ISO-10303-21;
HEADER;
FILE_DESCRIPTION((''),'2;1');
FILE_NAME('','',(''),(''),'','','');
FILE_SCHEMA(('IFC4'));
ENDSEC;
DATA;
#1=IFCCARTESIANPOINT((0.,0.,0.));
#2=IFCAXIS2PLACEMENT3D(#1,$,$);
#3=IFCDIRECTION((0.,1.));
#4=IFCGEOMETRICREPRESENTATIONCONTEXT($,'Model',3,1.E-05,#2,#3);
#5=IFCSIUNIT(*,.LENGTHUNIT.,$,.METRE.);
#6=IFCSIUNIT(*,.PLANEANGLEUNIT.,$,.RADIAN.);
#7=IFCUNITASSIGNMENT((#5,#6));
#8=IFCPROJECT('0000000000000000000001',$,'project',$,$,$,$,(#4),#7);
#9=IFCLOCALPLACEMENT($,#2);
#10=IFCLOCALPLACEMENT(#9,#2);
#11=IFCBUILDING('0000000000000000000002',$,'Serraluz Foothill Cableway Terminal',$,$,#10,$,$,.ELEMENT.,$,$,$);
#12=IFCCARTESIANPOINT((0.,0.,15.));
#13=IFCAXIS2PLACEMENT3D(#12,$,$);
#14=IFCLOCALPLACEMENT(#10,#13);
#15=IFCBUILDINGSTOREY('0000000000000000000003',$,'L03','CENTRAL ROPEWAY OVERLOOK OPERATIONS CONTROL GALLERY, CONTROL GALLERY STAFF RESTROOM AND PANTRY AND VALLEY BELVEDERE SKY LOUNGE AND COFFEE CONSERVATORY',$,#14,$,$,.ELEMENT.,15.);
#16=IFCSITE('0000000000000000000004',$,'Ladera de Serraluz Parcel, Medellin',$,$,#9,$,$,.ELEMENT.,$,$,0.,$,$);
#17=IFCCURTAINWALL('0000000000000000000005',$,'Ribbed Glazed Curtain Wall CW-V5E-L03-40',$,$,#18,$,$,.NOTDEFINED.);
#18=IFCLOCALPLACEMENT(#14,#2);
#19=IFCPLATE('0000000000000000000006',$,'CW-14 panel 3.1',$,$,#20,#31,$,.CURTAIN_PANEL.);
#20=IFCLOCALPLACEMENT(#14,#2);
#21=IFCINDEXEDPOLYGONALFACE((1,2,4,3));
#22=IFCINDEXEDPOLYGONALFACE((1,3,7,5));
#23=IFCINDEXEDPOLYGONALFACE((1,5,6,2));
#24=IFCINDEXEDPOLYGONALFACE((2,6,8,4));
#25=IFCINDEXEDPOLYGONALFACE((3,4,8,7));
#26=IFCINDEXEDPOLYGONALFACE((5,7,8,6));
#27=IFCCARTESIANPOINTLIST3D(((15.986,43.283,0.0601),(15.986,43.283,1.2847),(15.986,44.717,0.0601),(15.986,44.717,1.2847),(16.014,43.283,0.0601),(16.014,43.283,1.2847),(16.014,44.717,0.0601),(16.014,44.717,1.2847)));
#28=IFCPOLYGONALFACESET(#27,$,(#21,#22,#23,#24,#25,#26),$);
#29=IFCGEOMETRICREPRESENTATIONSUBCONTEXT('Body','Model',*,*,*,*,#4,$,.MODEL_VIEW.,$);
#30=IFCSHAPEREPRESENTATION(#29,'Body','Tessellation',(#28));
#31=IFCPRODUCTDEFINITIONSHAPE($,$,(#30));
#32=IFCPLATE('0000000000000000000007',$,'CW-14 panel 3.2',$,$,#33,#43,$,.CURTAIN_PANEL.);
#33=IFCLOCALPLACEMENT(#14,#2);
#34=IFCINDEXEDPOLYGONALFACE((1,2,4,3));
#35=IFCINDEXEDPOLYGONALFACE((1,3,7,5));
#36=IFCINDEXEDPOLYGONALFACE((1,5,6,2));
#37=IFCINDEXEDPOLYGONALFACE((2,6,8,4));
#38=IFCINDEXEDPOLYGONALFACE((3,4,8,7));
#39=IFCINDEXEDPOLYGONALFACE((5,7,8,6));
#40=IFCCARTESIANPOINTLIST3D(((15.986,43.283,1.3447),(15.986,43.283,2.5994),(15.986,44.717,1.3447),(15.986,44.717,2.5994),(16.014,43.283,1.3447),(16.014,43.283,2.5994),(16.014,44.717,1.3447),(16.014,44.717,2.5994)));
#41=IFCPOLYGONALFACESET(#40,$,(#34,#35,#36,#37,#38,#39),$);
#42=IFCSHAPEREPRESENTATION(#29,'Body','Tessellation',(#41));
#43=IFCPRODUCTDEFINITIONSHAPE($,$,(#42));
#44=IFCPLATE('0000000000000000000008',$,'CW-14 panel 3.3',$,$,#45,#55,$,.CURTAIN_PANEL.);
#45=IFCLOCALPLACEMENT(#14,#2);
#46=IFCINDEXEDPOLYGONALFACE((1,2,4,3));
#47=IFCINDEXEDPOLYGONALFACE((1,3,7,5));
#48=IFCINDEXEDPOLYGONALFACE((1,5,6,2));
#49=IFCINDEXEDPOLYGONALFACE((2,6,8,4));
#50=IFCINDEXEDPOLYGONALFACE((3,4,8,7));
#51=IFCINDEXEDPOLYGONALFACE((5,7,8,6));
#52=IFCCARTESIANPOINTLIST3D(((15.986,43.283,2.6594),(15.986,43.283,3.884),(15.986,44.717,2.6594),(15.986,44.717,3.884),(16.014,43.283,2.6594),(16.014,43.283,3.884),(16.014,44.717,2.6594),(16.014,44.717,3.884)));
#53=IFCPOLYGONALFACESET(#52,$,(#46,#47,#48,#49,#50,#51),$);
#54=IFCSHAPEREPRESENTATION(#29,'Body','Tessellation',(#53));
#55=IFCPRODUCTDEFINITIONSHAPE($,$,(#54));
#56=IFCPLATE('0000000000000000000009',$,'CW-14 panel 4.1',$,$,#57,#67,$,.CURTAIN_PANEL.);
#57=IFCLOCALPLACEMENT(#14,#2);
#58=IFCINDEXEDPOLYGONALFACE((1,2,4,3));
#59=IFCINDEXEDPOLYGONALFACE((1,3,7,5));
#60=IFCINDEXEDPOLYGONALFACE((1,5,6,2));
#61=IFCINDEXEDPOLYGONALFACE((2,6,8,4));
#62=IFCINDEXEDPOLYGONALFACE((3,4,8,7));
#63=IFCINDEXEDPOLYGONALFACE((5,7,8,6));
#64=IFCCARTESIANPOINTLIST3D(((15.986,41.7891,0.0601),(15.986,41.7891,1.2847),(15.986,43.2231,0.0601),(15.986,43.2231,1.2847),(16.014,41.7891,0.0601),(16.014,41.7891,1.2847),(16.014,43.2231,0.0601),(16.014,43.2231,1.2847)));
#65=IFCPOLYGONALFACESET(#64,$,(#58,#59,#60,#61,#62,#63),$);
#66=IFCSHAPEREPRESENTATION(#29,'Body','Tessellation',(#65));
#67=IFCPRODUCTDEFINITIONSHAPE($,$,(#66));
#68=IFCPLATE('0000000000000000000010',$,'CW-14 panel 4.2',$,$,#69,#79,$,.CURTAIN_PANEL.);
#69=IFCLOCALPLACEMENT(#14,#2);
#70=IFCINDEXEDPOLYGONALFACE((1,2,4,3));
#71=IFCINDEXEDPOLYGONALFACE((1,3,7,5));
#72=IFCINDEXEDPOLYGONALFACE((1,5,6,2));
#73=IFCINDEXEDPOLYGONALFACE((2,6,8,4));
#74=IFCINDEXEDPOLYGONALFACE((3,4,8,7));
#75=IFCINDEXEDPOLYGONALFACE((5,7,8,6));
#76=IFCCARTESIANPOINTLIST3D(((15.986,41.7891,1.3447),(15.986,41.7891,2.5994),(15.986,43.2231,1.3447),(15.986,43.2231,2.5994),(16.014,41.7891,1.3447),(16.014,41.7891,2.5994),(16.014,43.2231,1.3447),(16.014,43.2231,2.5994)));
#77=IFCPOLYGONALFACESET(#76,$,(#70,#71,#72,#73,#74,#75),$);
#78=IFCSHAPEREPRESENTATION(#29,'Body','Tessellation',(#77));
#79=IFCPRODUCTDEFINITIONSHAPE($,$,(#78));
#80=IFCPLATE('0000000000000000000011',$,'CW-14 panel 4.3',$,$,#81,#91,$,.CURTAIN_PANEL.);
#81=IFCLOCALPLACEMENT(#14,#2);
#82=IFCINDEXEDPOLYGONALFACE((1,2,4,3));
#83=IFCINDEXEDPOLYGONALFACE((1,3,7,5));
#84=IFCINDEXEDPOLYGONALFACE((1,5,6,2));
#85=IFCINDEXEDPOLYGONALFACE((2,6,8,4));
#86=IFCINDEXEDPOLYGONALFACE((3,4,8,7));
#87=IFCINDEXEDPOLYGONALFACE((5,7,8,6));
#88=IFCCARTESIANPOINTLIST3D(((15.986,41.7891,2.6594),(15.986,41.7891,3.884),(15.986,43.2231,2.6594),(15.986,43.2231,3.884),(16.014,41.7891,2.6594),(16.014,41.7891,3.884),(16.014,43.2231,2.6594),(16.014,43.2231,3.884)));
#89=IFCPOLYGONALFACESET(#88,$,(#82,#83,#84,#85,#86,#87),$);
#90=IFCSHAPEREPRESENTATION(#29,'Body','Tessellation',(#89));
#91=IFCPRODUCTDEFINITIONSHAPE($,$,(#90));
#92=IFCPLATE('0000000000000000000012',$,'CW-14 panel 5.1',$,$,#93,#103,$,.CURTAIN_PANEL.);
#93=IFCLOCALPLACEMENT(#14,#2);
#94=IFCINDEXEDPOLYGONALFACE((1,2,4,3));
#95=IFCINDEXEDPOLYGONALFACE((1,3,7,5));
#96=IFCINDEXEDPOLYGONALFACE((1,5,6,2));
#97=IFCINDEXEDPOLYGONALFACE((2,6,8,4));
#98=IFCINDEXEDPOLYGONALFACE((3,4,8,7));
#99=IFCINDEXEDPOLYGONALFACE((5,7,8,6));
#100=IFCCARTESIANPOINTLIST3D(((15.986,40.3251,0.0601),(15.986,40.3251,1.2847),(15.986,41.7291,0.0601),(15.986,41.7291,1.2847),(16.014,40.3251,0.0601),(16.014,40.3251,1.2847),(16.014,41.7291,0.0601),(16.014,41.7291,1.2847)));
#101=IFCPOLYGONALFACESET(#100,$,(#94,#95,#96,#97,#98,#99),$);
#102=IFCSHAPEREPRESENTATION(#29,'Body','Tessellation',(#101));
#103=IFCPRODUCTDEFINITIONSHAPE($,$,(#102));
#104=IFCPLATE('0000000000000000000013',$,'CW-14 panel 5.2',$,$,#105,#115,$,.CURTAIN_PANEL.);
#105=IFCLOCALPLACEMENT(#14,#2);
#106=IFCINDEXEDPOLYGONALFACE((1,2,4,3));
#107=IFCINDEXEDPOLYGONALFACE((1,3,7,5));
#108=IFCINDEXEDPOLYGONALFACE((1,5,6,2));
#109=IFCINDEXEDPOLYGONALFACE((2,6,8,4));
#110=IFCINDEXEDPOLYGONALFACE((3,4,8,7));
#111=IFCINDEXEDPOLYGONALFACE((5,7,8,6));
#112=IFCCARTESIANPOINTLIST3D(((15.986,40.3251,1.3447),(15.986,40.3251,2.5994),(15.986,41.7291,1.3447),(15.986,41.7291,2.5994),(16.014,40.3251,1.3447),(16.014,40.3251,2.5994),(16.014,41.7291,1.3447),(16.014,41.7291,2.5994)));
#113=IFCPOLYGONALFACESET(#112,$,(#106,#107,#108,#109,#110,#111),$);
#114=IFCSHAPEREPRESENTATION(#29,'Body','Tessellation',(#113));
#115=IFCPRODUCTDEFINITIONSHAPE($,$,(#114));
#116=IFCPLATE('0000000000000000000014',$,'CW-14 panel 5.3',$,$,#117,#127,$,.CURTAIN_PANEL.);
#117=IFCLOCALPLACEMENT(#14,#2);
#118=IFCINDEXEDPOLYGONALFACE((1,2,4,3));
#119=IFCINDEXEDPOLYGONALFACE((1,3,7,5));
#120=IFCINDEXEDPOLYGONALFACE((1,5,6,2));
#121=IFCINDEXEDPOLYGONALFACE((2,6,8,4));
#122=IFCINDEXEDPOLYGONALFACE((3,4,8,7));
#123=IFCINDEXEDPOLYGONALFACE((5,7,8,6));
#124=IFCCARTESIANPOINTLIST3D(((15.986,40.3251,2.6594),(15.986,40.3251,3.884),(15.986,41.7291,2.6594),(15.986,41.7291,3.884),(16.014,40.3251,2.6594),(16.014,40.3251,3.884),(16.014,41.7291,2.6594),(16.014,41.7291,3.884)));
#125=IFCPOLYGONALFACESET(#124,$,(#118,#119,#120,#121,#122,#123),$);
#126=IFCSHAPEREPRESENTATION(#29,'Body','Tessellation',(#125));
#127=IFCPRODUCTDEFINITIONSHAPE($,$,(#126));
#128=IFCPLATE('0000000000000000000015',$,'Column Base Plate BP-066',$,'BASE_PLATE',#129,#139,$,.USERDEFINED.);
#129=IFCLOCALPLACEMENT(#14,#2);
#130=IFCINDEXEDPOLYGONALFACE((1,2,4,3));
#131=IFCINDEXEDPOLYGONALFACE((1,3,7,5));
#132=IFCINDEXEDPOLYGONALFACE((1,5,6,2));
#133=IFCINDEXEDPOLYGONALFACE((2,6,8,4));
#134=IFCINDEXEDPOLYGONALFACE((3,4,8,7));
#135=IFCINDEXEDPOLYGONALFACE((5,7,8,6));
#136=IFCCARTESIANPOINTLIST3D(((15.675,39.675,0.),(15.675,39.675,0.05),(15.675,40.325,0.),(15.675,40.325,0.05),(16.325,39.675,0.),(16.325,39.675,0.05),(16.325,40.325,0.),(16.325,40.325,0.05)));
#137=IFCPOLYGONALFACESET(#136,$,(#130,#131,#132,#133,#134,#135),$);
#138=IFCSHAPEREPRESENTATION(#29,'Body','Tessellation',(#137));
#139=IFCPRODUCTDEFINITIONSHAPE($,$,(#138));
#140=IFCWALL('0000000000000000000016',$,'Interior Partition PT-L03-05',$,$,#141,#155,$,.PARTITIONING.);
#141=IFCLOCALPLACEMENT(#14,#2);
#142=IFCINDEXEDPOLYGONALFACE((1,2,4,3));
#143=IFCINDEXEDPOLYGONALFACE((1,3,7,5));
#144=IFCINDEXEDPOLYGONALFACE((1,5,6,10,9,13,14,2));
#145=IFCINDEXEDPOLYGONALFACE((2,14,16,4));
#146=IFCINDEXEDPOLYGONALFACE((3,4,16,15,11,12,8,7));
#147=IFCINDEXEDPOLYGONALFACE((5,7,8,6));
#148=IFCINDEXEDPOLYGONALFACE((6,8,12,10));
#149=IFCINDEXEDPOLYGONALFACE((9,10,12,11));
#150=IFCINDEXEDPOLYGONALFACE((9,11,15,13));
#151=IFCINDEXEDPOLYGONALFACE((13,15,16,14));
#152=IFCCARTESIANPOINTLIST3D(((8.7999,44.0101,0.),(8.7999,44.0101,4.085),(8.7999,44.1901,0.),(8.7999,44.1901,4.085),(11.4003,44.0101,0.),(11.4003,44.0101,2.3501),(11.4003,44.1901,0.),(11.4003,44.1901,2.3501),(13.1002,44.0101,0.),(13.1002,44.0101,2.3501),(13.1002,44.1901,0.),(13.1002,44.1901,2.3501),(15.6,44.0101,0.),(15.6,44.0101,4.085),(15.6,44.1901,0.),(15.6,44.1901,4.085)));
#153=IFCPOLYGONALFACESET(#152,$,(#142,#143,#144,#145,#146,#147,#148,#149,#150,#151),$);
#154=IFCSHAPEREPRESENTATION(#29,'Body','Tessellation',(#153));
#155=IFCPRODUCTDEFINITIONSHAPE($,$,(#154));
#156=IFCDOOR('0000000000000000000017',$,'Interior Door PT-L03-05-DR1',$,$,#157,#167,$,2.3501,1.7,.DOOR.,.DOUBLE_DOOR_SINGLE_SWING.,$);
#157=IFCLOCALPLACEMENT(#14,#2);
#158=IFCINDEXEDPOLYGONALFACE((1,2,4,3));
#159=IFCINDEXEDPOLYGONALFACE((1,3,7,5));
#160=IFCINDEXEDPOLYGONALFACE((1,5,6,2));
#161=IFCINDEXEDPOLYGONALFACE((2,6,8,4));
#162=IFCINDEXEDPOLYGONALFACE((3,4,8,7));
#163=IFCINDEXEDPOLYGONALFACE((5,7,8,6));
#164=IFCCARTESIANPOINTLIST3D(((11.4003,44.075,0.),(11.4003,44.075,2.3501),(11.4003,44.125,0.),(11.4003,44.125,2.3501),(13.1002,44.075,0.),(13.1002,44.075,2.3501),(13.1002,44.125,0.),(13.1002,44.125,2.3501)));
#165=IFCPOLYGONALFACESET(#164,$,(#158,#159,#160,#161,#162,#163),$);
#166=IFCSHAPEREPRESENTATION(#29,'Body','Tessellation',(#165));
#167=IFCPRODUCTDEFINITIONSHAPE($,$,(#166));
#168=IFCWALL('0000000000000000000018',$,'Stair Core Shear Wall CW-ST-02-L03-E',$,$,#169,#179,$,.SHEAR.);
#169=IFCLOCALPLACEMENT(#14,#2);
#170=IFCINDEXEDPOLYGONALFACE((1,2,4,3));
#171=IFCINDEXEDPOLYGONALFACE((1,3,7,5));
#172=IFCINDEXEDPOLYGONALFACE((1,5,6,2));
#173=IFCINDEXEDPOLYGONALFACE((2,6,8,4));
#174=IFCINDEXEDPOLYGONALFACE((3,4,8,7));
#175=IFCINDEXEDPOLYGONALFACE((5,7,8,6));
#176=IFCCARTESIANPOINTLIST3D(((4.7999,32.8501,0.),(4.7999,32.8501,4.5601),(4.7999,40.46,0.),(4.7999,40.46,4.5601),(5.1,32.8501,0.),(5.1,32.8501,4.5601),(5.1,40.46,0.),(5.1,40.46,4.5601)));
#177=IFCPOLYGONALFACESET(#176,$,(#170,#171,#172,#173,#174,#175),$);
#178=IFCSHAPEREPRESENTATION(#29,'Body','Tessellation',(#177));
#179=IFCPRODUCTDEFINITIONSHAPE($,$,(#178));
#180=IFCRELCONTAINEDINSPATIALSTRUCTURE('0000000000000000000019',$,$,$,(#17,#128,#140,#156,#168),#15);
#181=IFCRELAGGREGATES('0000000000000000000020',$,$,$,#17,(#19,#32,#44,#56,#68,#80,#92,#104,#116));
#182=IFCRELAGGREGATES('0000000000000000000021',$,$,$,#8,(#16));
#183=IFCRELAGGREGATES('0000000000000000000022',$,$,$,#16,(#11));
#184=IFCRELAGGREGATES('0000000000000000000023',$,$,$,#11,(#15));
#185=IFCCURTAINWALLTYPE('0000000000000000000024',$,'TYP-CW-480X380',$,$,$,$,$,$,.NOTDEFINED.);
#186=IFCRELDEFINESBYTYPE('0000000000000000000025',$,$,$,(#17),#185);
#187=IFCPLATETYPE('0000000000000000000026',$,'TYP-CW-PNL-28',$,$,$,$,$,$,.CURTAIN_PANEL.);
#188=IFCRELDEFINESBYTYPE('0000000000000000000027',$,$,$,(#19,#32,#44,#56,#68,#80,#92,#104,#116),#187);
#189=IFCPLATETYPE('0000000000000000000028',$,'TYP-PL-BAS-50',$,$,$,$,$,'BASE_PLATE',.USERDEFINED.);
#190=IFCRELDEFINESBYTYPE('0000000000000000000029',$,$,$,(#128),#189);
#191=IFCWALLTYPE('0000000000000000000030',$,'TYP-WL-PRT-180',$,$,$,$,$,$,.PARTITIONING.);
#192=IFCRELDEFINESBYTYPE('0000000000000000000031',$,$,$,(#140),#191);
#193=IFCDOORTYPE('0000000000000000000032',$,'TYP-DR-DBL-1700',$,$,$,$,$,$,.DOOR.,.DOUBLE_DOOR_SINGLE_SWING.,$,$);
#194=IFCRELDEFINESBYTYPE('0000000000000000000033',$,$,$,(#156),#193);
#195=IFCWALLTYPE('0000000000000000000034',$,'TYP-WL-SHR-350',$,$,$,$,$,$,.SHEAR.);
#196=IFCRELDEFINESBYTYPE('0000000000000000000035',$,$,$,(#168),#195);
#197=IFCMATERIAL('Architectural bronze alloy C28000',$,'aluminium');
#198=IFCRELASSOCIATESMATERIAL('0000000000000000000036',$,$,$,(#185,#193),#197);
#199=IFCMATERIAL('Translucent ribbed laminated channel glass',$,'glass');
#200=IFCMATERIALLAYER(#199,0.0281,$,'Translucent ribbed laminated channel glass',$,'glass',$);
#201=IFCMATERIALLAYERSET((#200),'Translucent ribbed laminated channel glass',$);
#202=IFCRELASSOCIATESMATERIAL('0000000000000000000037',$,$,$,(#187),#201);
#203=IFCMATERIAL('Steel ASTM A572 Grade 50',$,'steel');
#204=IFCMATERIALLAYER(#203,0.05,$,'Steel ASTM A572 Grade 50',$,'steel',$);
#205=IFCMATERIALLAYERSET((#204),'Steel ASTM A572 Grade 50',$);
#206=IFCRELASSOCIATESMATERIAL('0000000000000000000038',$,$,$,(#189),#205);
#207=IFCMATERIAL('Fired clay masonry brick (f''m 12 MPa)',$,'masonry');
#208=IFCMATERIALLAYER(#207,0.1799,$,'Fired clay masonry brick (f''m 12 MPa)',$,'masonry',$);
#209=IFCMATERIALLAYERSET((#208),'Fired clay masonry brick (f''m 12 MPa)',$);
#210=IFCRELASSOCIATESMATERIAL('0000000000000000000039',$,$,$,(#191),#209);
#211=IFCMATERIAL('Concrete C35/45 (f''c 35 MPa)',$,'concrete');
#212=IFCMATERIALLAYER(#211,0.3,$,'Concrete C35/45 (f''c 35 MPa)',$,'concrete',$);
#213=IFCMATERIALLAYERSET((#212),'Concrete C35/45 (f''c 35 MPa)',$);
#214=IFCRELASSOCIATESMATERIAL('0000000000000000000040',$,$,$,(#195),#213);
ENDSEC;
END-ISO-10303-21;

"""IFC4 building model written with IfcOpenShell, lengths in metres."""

from ifc_helpers import new_model, si_unit, direction, frame, frame_2d, origin, origin_2d, place, context, subcontext, project, spatial, rectangle, extrude, material, layer, layer_set, type_object, element, fill, aggregate, save


model = new_model("IFC4")

# Units and contexts
model_context = context("Model", 3, precision=1e-05, world=origin(), true_north=direction((0.0, 1.0)))
body_context = subcontext(model_context, "Body", "Model", "MODEL_VIEW")
ifc_project = project(units=[si_unit("LENGTHUNIT", "METRE"), si_unit("PLANEANGLEUNIT", "RADIAN")], contexts=[model_context])

# Site, building, storey
site_placement = place(None, origin())
site = spatial("IfcSite", under=ifc_project, at=site_placement, Name="Ladera de Serraluz Parcel, Medellin", CompositionType="ELEMENT", RefElevation=0.0)
building_placement = place(site_placement, origin())
building = spatial("IfcBuilding", under=site, at=building_placement, Name="Serraluz Foothill Cableway Terminal", CompositionType="ELEMENT")
storey_placement = place(building_placement, frame((0.0, 0.0, 15.0)))
storey = spatial("IfcBuildingStorey", under=building, at=storey_placement, Name="L03", Description="CENTRAL ROPEWAY OVERLOOK OPERATIONS CONTROL GALLERY, CONTROL GALLERY STAFF RESTROOM AND PANTRY AND VALLEY BELVEDERE SKY LOUNGE AND COFFEE CONSERVATORY", CompositionType="ELEMENT", Elevation=15.0)

# Shared definitions
ifc_material_1 = material(Name="Steel ASTM A572 Grade 50", Category="steel")

# Shared definitions
ifc_material_2 = material(Name="Architectural bronze alloy C28000", Category="aluminium")

# Curtain wall
curtain_wall_type_1 = type_object("IfcCurtainWallType", Name="TYP-CW-480X380", PredefinedType="NOTDEFINED", material=ifc_material_2)
curtain_wall_1_placement = place(storey_placement, origin())
curtain_wall_1 = element("IfcCurtainWall", 1, at=curtain_wall_1_placement, inside=storey, type_object=curtain_wall_type_1, Name="Ribbed Glazed Curtain Wall CW-V5E-L03-40", PredefinedType="NOTDEFINED")

# Plates
ifc_material_3 = material(Name="Translucent ribbed laminated channel glass", Category="glass")
ifc_layer_1 = layer(ifc_material_3, 0.0281, Name="Translucent ribbed laminated channel glass", Category="glass")
ifc_layer_set_1 = layer_set([ifc_layer_1], Name="Translucent ribbed laminated channel glass")
plate_type_1 = type_object("IfcPlateType", Name="TYP-CW-PNL-28", PredefinedType="CURTAIN_PANEL", material=ifc_layer_set_1)
plate_1_placement = place(storey_placement, frame((16.0, 44.0, 0.0601), z_axis=(0.0, 0.0, 1.0), x_axis=(0.0, -1.0, 0.0)))
plate_1 = element("IfcPlate", 2, at=plate_1_placement, type_object=plate_type_1, Name="CW-14 panel 3.1", PredefinedType="CURTAIN_PANEL", context=body_context, shape_type="SweptSolid", body=[
    extrude(rectangle(XDim=1.4341, YDim=0.0281, at=origin_2d()), origin(), (0.0, 0.0, 1.0), 1.2246),
])
plate_2_placement = place(storey_placement, frame((16.0, 44.0, 1.3447), z_axis=(0.0, 0.0, 1.0), x_axis=(0.0, -1.0, 0.0)))
plate_2 = element("IfcPlate", 3, at=plate_2_placement, type_object=plate_type_1, Name="CW-14 panel 3.2", PredefinedType="CURTAIN_PANEL", context=body_context, shape_type="SweptSolid", body=[
    extrude(rectangle(XDim=1.4341, YDim=0.0281, at=origin_2d()), origin(), (0.0, 0.0, 1.0), 1.2546),
])
plate_3_placement = place(storey_placement, frame((16.0, 44.0, 2.6594), z_axis=(0.0, 0.0, 1.0), x_axis=(0.0, -1.0, 0.0)))
plate_3 = element("IfcPlate", 4, at=plate_3_placement, type_object=plate_type_1, Name="CW-14 panel 3.3", PredefinedType="CURTAIN_PANEL", context=body_context, shape_type="SweptSolid", body=[
    extrude(rectangle(XDim=1.4341, YDim=0.0281, at=origin_2d()), origin(), (0.0, 0.0, 1.0), 1.2246),
])
plate_4_placement = place(storey_placement, frame((16.0, 42.5061, 0.0601), z_axis=(0.0, 0.0, 1.0), x_axis=(0.0, -1.0, 0.0)))
plate_4 = element("IfcPlate", 5, at=plate_4_placement, type_object=plate_type_1, Name="CW-14 panel 4.1", PredefinedType="CURTAIN_PANEL", context=body_context, shape_type="SweptSolid", body=[
    extrude(rectangle(XDim=1.4341, YDim=0.0281, at=origin_2d()), origin(), (0.0, 0.0, 1.0), 1.2246),
])
plate_5_placement = place(storey_placement, frame((16.0, 42.5061, 1.3447), z_axis=(0.0, 0.0, 1.0), x_axis=(0.0, -1.0, 0.0)))
plate_5 = element("IfcPlate", 6, at=plate_5_placement, type_object=plate_type_1, Name="CW-14 panel 4.2", PredefinedType="CURTAIN_PANEL", context=body_context, shape_type="SweptSolid", body=[
    extrude(rectangle(XDim=1.4341, YDim=0.0281, at=origin_2d()), origin(), (0.0, 0.0, 1.0), 1.2546),
])
plate_6_placement = place(storey_placement, frame((16.0, 42.5061, 2.6594), z_axis=(0.0, 0.0, 1.0), x_axis=(0.0, -1.0, 0.0)))
plate_6 = element("IfcPlate", 7, at=plate_6_placement, type_object=plate_type_1, Name="CW-14 panel 4.3", PredefinedType="CURTAIN_PANEL", context=body_context, shape_type="SweptSolid", body=[
    extrude(rectangle(XDim=1.4341, YDim=0.0281, at=origin_2d()), origin(), (0.0, 0.0, 1.0), 1.2246),
])
plate_7_placement = place(storey_placement, frame((16.0, 41.0271, 0.0601), z_axis=(0.0, 0.0, 1.0), x_axis=(0.0, -1.0, 0.0)))
plate_7 = element("IfcPlate", 8, at=plate_7_placement, type_object=plate_type_1, Name="CW-14 panel 5.1", PredefinedType="CURTAIN_PANEL", context=body_context, shape_type="SweptSolid", body=[
    extrude(rectangle(XDim=1.4041, YDim=0.0281, at=origin_2d()), origin(), (0.0, 0.0, 1.0), 1.2246),
])
plate_8_placement = place(storey_placement, frame((16.0, 41.0271, 1.3447), z_axis=(0.0, 0.0, 1.0), x_axis=(0.0, -1.0, 0.0)))
plate_8 = element("IfcPlate", 9, at=plate_8_placement, type_object=plate_type_1, Name="CW-14 panel 5.2", PredefinedType="CURTAIN_PANEL", context=body_context, shape_type="SweptSolid", body=[
    extrude(rectangle(XDim=1.4041, YDim=0.0281, at=origin_2d()), origin(), (0.0, 0.0, 1.0), 1.2546),
])
plate_9_placement = place(storey_placement, frame((16.0, 41.0271, 2.6594), z_axis=(0.0, 0.0, 1.0), x_axis=(0.0, -1.0, 0.0)))
plate_9 = element("IfcPlate", 10, at=plate_9_placement, type_object=plate_type_1, Name="CW-14 panel 5.3", PredefinedType="CURTAIN_PANEL", context=body_context, shape_type="SweptSolid", body=[
    extrude(rectangle(XDim=1.4041, YDim=0.0281, at=origin_2d()), origin(), (0.0, 0.0, 1.0), 1.2246),
])
aggregate(curtain_wall_1, [plate_1, plate_2, plate_3, plate_4, plate_5, plate_6, plate_7, plate_8, plate_9])
ifc_layer_2 = layer(ifc_material_1, 0.05, Name="Steel ASTM A572 Grade 50", Category="steel")
ifc_layer_set_2 = layer_set([ifc_layer_2], Name="Steel ASTM A572 Grade 50")
plate_type_2 = type_object("IfcPlateType", Name="TYP-PL-BAS-50", ElementType="BASE_PLATE", PredefinedType="USERDEFINED", material=ifc_layer_set_2)
plate_10_placement = place(storey_placement, frame((16.0, 40.0, 0.0), z_axis=(0.0, 0.0, 1.0), x_axis=(1.0, 0.0, 0.0)))
element("IfcPlate", 11, at=plate_10_placement, inside=storey, type_object=plate_type_2, Name="Column Base Plate BP-066", ObjectType="BASE_PLATE", PredefinedType="USERDEFINED", context=body_context, shape_type="SweptSolid", body=[
    extrude(rectangle(XDim=0.6499, YDim=0.6499, at=origin_2d()), origin(), (0.0, 0.0, 1.0), 0.05),
])

# Wall, opening, door
ifc_material_4 = material(Name="Fired clay masonry brick (f'm 12 MPa)", Category="masonry")
ifc_layer_3 = layer(ifc_material_4, 0.1799, Name="Fired clay masonry brick (f'm 12 MPa)", Category="masonry")
ifc_layer_set_3 = layer_set([ifc_layer_3], Name="Fired clay masonry brick (f'm 12 MPa)")
wall_type_1 = type_object("IfcWallType", Name="TYP-WL-PRT-180", PredefinedType="PARTITIONING", material=ifc_layer_set_3)
wall_1_placement = place(storey_placement, frame((8.8, 44.1001, 0.0), z_axis=(0.0, 0.0, 1.0), x_axis=(1.0, 0.0, 0.0)))
wall_1 = element("IfcWall", 12, at=wall_1_placement, inside=storey, type_object=wall_type_1, Name="Interior Partition PT-L03-05", PredefinedType="PARTITIONING", context=body_context, shape_type="SweptSolid", body=[
    extrude(rectangle(XDim=6.8, YDim=0.1799, at=frame_2d((3.3999, 0.0))), origin(), (0.0, 0.0, 1.0), 4.085),
])
opening_placement = place(wall_1_placement, frame((2.6001, 0.0, 0.0)))
opening = element("IfcOpeningElement", 13, at=opening_placement, cuts=wall_1, PredefinedType="OPENING", context=body_context, shape_type="SweptSolid", body=[
    extrude(rectangle(XDim=1.7, YDim=2.3501, at=frame_2d((0.8501, 1.175))), frame((0.0, 0.1001, 0.0), z_axis=(0.0, -1.0, 0.0), x_axis=(1.0, 0.0, 0.0)), (0.0, 0.0, 1.0), 0.2),
])
door_type = type_object("IfcDoorType", Name="TYP-DR-DBL-1700", OperationType="DOUBLE_DOOR_SINGLE_SWING", PredefinedType="DOOR", material=ifc_material_2)
door_placement = place(opening_placement, origin())
door = element("IfcDoor", 14, at=door_placement, inside=storey, type_object=door_type, Name="Interior Door PT-L03-05-DR1", OperationType="DOUBLE_DOOR_SINGLE_SWING", OverallHeight=2.3501, OverallWidth=1.7, PredefinedType="DOOR", context=body_context, shape_type="SweptSolid", body=[
    extrude(rectangle(XDim=1.7, YDim=2.3501, at=frame_2d((0.8501, 1.175))), frame((0.0, 0.0249, 0.0), z_axis=(0.0, -1.0, 0.0), x_axis=(1.0, 0.0, 0.0)), (0.0, 0.0, 1.0), 0.05),
])
fill(opening, door)

# Wall
ifc_material_5 = material(Name="Concrete C35/45 (f'c 35 MPa)", Category="concrete")
ifc_layer_4 = layer(ifc_material_5, 0.3, Name="Concrete C35/45 (f'c 35 MPa)", Category="concrete")
ifc_layer_set_4 = layer_set([ifc_layer_4], Name="Concrete C35/45 (f'c 35 MPa)")
wall_type_2 = type_object("IfcWallType", Name="TYP-WL-SHR-350", PredefinedType="SHEAR", material=ifc_layer_set_4)
wall_2_placement = place(storey_placement, frame((4.95, 40.46, 0.0), z_axis=(0.0, 0.0, 1.0), x_axis=(0.0, -1.0, 0.0)))
element("IfcWall", 15, at=wall_2_placement, inside=storey, type_object=wall_type_2, Name="Stair Core Shear Wall CW-ST-02-L03-E", PredefinedType="SHEAR", context=body_context, shape_type="SweptSolid", body=[
    extrude(rectangle(XDim=7.6099, YDim=0.3, at=frame_2d((3.8049, 0.0))), origin(), (0.0, 0.0, 1.0), 4.5601),
])

save(model, "model.ifc")
